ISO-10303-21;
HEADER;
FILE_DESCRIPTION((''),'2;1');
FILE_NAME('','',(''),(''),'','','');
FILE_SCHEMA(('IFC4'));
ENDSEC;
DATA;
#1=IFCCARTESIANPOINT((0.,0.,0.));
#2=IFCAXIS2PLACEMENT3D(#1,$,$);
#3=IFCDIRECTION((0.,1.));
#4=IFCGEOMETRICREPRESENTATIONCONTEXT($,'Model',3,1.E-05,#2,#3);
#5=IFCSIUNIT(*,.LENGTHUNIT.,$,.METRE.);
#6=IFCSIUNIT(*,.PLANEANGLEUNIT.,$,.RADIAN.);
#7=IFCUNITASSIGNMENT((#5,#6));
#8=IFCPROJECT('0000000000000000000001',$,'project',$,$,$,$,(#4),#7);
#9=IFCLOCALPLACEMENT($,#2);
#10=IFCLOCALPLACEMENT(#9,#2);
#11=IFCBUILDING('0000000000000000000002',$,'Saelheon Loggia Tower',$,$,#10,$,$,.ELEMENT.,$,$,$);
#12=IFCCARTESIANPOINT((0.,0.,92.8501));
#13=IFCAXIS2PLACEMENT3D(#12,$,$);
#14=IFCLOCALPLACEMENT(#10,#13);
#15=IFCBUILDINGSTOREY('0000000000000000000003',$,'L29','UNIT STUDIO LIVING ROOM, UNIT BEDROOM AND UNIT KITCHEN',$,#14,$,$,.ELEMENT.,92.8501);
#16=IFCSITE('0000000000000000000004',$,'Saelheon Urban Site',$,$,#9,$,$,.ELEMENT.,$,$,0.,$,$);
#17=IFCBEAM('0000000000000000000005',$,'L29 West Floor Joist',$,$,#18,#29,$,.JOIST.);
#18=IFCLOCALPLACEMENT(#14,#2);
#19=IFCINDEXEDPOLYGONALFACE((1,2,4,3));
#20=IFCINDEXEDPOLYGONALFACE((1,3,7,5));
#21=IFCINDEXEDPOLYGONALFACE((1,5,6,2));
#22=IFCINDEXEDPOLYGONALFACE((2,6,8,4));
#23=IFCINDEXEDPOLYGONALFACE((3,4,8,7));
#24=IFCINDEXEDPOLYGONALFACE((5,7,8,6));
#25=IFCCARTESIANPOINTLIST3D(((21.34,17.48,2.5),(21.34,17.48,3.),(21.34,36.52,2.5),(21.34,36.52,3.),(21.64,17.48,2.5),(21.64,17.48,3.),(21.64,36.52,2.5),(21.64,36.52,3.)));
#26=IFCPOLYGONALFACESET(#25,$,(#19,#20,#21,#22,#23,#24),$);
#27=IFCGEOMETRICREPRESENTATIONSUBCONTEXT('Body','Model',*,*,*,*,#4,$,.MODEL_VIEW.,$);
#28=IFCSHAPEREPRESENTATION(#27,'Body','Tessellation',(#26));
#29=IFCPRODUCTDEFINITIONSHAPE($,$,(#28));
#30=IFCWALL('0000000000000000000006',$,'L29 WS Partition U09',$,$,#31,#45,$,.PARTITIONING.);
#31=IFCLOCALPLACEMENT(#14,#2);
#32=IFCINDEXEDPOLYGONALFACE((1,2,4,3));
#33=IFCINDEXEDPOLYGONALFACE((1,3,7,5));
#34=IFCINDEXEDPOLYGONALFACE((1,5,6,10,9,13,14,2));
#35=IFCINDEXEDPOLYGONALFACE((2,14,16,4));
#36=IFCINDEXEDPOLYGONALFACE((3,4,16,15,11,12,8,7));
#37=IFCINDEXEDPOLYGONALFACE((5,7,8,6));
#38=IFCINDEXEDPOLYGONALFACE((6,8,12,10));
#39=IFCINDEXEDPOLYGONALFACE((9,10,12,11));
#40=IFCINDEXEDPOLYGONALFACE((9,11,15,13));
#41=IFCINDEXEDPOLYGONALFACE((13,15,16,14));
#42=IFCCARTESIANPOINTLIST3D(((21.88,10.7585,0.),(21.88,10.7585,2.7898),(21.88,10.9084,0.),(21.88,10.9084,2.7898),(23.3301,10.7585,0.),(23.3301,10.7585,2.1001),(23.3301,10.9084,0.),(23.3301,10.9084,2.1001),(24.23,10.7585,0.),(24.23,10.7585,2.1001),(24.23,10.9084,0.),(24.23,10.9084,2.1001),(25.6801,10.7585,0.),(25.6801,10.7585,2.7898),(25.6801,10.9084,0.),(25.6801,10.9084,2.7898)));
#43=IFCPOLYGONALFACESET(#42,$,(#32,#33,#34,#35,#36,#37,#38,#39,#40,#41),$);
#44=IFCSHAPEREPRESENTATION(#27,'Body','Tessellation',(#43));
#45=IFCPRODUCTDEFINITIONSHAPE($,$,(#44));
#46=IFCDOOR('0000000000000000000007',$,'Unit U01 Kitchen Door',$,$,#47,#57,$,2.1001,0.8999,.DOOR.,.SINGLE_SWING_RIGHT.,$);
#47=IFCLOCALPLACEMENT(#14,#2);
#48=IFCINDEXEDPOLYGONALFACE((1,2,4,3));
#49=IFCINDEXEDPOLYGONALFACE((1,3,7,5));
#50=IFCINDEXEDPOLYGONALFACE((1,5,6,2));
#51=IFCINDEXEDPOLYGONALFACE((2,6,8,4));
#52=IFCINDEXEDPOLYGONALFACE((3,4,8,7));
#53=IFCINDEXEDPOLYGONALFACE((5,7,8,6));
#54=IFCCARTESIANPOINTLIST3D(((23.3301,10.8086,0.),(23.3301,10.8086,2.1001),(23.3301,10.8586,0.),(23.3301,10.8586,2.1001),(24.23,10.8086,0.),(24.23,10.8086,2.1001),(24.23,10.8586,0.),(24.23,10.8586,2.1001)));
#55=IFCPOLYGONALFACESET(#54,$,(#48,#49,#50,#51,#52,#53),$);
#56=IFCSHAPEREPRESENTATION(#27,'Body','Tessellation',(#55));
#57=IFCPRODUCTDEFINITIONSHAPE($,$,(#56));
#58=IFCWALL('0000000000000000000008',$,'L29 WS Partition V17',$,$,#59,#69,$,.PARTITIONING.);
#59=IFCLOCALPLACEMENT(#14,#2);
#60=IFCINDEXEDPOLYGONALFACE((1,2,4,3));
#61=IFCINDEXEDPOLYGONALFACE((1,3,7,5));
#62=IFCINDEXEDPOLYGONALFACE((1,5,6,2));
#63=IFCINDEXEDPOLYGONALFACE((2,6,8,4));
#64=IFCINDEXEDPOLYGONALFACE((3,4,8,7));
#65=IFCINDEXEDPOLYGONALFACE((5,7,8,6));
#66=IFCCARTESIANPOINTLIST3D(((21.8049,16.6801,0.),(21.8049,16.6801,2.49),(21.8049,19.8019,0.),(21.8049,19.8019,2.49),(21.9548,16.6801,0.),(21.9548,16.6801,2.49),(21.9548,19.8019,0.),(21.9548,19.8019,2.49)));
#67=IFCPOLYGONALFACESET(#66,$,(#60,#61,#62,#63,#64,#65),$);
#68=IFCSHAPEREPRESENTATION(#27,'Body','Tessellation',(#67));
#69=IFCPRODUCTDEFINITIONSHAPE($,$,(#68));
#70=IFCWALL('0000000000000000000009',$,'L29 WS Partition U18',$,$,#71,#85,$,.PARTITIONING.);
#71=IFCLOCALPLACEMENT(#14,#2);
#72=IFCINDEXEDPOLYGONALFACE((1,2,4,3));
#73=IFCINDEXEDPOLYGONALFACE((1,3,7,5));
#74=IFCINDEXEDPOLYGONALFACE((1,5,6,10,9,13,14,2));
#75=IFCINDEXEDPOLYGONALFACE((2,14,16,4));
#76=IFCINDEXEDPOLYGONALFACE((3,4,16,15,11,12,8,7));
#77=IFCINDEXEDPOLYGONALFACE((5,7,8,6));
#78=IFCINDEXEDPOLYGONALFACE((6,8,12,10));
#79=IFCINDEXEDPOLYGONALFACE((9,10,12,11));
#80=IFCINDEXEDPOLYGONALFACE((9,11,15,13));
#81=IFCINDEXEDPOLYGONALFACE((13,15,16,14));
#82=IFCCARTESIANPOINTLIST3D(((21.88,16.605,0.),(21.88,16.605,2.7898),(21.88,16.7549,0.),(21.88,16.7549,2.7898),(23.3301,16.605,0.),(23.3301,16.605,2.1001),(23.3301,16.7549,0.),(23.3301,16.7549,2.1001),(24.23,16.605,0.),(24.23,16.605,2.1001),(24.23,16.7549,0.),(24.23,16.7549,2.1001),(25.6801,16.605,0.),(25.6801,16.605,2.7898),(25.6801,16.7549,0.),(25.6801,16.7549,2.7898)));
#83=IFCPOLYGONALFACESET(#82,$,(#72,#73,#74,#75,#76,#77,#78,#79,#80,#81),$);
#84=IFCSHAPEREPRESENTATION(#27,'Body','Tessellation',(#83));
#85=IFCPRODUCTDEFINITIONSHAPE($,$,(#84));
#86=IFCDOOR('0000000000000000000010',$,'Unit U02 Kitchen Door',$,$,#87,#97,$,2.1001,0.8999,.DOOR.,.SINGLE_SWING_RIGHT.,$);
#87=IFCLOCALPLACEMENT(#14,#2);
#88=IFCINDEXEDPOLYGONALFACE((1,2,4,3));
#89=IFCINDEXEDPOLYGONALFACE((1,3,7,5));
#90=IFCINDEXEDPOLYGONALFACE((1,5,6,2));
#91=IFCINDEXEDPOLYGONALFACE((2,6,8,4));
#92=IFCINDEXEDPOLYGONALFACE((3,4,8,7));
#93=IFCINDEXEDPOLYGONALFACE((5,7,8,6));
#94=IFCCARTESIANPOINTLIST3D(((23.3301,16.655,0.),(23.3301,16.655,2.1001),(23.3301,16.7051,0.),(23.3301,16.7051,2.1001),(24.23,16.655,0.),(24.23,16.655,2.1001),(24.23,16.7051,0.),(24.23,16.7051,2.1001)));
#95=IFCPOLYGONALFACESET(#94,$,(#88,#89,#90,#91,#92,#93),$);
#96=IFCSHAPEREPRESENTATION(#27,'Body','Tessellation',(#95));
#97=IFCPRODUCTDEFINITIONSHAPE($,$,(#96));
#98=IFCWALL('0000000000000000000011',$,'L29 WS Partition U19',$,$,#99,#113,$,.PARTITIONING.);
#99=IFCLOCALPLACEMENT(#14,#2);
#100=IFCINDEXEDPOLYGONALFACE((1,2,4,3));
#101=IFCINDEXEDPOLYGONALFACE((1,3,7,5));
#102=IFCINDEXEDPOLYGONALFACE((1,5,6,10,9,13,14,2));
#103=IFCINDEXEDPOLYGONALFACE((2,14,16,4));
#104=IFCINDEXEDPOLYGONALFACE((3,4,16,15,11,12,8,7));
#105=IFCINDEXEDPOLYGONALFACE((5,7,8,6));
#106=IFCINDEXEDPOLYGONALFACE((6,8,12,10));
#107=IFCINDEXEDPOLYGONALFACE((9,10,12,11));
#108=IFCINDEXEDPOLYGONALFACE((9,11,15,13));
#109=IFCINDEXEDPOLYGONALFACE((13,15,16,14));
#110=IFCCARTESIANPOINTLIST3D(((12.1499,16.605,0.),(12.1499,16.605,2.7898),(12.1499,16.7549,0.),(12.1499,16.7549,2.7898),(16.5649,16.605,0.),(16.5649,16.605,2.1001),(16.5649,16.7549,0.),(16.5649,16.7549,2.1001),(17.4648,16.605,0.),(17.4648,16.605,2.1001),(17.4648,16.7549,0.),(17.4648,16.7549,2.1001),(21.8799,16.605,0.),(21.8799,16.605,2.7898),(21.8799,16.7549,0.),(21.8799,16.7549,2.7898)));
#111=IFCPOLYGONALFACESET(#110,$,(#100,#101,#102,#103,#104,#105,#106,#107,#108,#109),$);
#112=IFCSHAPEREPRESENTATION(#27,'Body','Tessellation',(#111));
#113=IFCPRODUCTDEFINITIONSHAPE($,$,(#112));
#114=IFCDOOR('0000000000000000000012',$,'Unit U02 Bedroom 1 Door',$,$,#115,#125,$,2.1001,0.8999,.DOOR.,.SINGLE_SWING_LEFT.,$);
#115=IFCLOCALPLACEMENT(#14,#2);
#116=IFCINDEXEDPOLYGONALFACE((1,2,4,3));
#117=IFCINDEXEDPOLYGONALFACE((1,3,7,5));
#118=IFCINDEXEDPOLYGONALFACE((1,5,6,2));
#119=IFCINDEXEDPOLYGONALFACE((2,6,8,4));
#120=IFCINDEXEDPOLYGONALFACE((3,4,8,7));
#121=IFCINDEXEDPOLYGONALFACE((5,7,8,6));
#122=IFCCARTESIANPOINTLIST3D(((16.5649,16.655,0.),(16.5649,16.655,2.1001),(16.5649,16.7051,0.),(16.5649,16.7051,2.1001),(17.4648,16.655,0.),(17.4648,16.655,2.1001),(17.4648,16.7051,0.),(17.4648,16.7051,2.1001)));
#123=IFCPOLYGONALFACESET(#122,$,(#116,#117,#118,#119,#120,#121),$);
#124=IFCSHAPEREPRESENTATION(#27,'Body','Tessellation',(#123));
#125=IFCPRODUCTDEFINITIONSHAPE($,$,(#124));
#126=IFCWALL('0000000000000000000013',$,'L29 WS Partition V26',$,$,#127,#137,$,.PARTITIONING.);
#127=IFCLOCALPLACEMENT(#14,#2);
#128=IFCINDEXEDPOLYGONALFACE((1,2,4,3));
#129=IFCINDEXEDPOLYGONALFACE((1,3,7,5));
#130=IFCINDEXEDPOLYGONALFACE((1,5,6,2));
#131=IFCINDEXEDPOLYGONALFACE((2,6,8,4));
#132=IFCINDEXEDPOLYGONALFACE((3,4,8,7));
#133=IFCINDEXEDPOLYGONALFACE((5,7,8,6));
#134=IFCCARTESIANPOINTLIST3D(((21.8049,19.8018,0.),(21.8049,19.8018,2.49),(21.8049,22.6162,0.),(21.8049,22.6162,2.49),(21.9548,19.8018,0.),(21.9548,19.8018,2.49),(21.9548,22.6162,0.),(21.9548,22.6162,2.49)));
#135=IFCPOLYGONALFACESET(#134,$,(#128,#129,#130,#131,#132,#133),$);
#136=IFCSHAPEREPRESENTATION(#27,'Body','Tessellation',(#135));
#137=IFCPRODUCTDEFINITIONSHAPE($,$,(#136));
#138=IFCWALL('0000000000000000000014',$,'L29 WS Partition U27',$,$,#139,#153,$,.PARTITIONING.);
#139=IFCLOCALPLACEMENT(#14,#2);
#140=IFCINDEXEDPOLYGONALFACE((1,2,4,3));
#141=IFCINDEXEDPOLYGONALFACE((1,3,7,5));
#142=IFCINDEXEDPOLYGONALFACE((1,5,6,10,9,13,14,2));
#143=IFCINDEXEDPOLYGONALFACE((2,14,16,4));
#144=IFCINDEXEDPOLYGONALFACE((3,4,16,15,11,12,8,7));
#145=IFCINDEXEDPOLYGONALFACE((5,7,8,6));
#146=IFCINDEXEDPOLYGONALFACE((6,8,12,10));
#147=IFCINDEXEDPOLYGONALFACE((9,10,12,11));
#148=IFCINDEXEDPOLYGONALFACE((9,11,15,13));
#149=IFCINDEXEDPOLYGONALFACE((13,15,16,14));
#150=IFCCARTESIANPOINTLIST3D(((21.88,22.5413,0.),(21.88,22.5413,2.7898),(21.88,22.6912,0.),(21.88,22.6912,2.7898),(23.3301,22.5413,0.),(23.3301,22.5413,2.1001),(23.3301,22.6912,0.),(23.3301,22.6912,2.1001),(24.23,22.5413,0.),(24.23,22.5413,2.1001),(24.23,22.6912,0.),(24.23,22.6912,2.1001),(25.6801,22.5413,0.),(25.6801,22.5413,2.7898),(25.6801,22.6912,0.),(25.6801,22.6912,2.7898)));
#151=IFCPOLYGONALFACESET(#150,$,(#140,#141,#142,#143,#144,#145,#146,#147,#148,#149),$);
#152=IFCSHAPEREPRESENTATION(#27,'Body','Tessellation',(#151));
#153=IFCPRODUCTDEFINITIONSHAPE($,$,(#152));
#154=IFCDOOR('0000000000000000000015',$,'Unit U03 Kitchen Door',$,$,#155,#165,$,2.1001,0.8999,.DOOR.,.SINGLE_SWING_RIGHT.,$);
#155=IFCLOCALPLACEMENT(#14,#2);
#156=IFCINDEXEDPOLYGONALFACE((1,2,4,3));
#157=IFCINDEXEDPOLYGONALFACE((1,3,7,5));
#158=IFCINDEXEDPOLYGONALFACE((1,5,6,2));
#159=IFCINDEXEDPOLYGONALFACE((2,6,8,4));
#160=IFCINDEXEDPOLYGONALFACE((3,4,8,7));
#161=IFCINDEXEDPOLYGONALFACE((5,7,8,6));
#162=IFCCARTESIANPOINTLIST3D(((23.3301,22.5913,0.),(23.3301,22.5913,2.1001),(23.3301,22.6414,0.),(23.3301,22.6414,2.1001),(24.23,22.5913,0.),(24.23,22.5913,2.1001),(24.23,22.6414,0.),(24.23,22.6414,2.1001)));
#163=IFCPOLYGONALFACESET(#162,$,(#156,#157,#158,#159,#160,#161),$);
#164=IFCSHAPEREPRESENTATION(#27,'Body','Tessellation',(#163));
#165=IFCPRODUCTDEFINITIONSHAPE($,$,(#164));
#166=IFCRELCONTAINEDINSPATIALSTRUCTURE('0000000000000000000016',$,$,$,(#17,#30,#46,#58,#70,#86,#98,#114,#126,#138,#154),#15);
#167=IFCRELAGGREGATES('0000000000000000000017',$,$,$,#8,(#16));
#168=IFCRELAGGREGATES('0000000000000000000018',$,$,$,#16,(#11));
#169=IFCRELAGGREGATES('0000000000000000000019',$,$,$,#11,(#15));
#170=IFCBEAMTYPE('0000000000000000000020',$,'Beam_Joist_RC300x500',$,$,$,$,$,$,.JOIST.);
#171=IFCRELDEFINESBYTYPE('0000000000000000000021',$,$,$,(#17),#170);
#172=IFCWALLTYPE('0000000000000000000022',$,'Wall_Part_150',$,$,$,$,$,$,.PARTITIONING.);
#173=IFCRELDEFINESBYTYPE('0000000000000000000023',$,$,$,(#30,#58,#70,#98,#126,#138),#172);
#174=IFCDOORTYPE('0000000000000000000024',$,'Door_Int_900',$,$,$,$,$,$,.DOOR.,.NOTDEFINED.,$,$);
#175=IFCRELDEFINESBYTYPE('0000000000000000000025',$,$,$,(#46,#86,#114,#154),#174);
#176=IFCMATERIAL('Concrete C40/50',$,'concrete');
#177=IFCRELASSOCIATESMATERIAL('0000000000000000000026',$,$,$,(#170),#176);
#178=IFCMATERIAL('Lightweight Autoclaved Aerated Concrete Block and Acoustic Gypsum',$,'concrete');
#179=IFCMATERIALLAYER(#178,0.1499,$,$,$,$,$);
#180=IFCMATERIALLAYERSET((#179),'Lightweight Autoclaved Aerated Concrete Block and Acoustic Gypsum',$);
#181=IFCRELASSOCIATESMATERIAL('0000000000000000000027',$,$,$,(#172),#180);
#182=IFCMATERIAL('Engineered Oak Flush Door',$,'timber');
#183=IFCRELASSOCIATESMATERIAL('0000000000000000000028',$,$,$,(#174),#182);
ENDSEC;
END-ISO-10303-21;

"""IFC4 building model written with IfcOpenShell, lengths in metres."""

from ifc_helpers import new_model, si_unit, direction, frame, frame_2d, origin, origin_2d, place, context, subcontext, project, spatial, rectangle, extrude, source, transform, mapped, material, layer, layer_set, material_profile, profile_set, type_object, element, fill, save


model = new_model("IFC4")

# Units and contexts
model_context = context("Model", 3, precision=1e-05, world=origin(), true_north=direction((0.0, 1.0)))
body_context = subcontext(model_context, "Body", "Model", "MODEL_VIEW")
ifc_project = project(units=[si_unit("LENGTHUNIT", "METRE"), si_unit("PLANEANGLEUNIT", "RADIAN")], contexts=[model_context])

# Site, building, storey
site_placement = place(None, origin())
site = spatial("IfcSite", under=ifc_project, at=site_placement, Name="Saelheon Urban Site", CompositionType="ELEMENT", RefElevation=0.0)
building_placement = place(site_placement, origin())
building = spatial("IfcBuilding", under=site, at=building_placement, Name="Saelheon Loggia Tower", CompositionType="ELEMENT")
storey_placement = place(building_placement, frame((0.0, 0.0, 92.8501)))
storey = spatial("IfcBuildingStorey", under=building, at=storey_placement, Name="L29", Description="UNIT STUDIO LIVING ROOM, UNIT BEDROOM AND UNIT KITCHEN", CompositionType="ELEMENT", Elevation=92.8501)

# Beam
ifc_material_1 = material(Name="Concrete C40/50", Category="concrete")
ifc_material_profile = material_profile(ifc_material_1, rectangle(XDim=0.3, YDim=0.5, at=origin_2d()), Name="RC-300x500")
ifc_profile_set = profile_set([ifc_material_profile], Name="Concrete C40/50")
beam_type = type_object("IfcBeamType", Name="Beam_Joist_RC300x500", PredefinedType="JOIST", material=ifc_profile_set)
shared_shape_1 = source(origin(), body_context, "Body", "SweptSolid", [
    extrude(rectangle(XDim=0.3, YDim=0.5, at=origin_2d()), origin(), (0.0, 0.0, 1.0), 19.04),
])
beam_placement = place(storey_placement, frame((21.49, 17.48, 2.75), z_axis=(0.0, 1.0, 0.0), x_axis=(-1.0, 0.0, 0.0)))
element("IfcBeam", 1, at=beam_placement, inside=storey, type_object=beam_type, Name="L29 West Floor Joist", PredefinedType="JOIST", context=body_context, shape_type="MappedRepresentation", body=[
    mapped(shared_shape_1, transform((0.0, 0.0, 0.0), scale=1.0)),
])

# Wall, opening, door
ifc_material_2 = material(Name="Lightweight Autoclaved Aerated Concrete Block and Acoustic Gypsum", Category="concrete")
ifc_layer = layer(ifc_material_2, 0.1499)
ifc_layer_set = layer_set([ifc_layer], Name="Lightweight Autoclaved Aerated Concrete Block and Acoustic Gypsum")
wall_type = type_object("IfcWallType", Name="Wall_Part_150", PredefinedType="PARTITIONING", material=ifc_layer_set)
wall_1_placement = place(storey_placement, frame((25.6799, 10.8335, 0.0), z_axis=(0.0, 0.0, 1.0), x_axis=(-1.0, 0.0, 0.0)))
wall_1 = element("IfcWall", 2, at=wall_1_placement, inside=storey, type_object=wall_type, Name="L29 WS Partition U09", PredefinedType="PARTITIONING", context=body_context, shape_type="SweptSolid", body=[
    extrude(rectangle(XDim=3.8, YDim=0.1499, at=frame_2d((1.8999, 0.0))), origin(), (0.0, 0.0, 1.0), 2.7898),
])
opening_1_placement = place(wall_1_placement, frame((1.45, 0.0, 0.0)))
opening_1 = element("IfcOpeningElement", 3, at=opening_1_placement, cuts=wall_1, PredefinedType="OPENING", context=body_context, shape_type="SweptSolid", body=[
    extrude(rectangle(XDim=0.8999, YDim=2.1001, at=frame_2d((0.45, 1.05))), frame((0.0, 0.0869, 0.0), z_axis=(0.0, -1.0, 0.0), x_axis=(1.0, 0.0, 0.0)), (0.0, 0.0, 1.0), 0.1738),
])
ifc_material_3 = material(Name="Engineered Oak Flush Door", Category="timber")
door_type = type_object("IfcDoorType", Name="Door_Int_900", OperationType="NOTDEFINED", PredefinedType="DOOR", material=ifc_material_3)
shared_shape_2 = source(origin(), body_context, "Body", "SweptSolid", [
    extrude(rectangle(XDim=0.8999, YDim=2.1001, at=frame_2d((0.45, 1.05))), frame((0.0, 0.0249, 0.0), z_axis=(0.0, -1.0, 0.0), x_axis=(1.0, 0.0, 0.0)), (0.0, 0.0, 1.0), 0.05),
])
door_1_placement = place(opening_1_placement, origin())
door_1 = element("IfcDoor", 4, at=door_1_placement, inside=storey, type_object=door_type, Name="Unit U01 Kitchen Door", OperationType="SINGLE_SWING_RIGHT", OverallHeight=2.1001, OverallWidth=0.8999, PredefinedType="DOOR", context=body_context, shape_type="MappedRepresentation", body=[
    mapped(shared_shape_2, transform((0.0, 0.0, 0.0), scale=1.0)),
])
fill(opening_1, door_1)

# Wall
wall_2_placement = place(storey_placement, frame((21.8799, 16.6799, 0.0), z_axis=(0.0, 0.0, 1.0), x_axis=(0.0, 1.0, 0.0)))
element("IfcWall", 5, at=wall_2_placement, inside=storey, type_object=wall_type, Name="L29 WS Partition V17", PredefinedType="PARTITIONING", context=body_context, shape_type="SweptSolid", body=[
    extrude(rectangle(XDim=3.1218, YDim=0.1499, at=frame_2d((1.561, 0.0))), origin(), (0.0, 0.0, 1.0), 2.49),
])

# Walls, openings, doors
wall_3_placement = place(storey_placement, frame((25.6799, 16.6799, 0.0), z_axis=(0.0, 0.0, 1.0), x_axis=(-1.0, 0.0, 0.0)))
wall_3 = element("IfcWall", 6, at=wall_3_placement, inside=storey, type_object=wall_type, Name="L29 WS Partition U18", PredefinedType="PARTITIONING", context=body_context, shape_type="SweptSolid", body=[
    extrude(rectangle(XDim=3.8, YDim=0.1499, at=frame_2d((1.8999, 0.0))), origin(), (0.0, 0.0, 1.0), 2.7898),
])
opening_2_placement = place(wall_3_placement, frame((1.45, 0.0, 0.0)))
opening_2 = element("IfcOpeningElement", 7, at=opening_2_placement, cuts=wall_3, PredefinedType="OPENING", context=body_context, shape_type="SweptSolid", body=[
    extrude(rectangle(XDim=0.8999, YDim=2.1001, at=frame_2d((0.45, 1.05))), frame((0.0, 0.0869, 0.0), z_axis=(0.0, -1.0, 0.0), x_axis=(1.0, 0.0, 0.0)), (0.0, 0.0, 1.0), 0.1738),
])
door_2_placement = place(opening_2_placement, origin())
door_2 = element("IfcDoor", 8, at=door_2_placement, inside=storey, type_object=door_type, Name="Unit U02 Kitchen Door", OperationType="SINGLE_SWING_RIGHT", OverallHeight=2.1001, OverallWidth=0.8999, PredefinedType="DOOR", context=body_context, shape_type="MappedRepresentation", body=[
    mapped(shared_shape_2, transform((0.0, 0.0, 0.0), scale=1.0)),
])
fill(opening_2, door_2)
wall_4_placement = place(storey_placement, frame((21.8799, 16.6799, 0.0), z_axis=(0.0, 0.0, 1.0), x_axis=(-1.0, 0.0, 0.0)))
wall_4 = element("IfcWall", 9, at=wall_4_placement, inside=storey, type_object=wall_type, Name="L29 WS Partition U19", PredefinedType="PARTITIONING", context=body_context, shape_type="SweptSolid", body=[
    extrude(rectangle(XDim=9.73, YDim=0.1499, at=frame_2d((4.865, 0.0))), origin(), (0.0, 0.0, 1.0), 2.7898),
])
opening_3_placement = place(wall_4_placement, frame((4.415, 0.0, 0.0)))
opening_3 = element("IfcOpeningElement", 10, at=opening_3_placement, cuts=wall_4, PredefinedType="OPENING", context=body_context, shape_type="SweptSolid", body=[
    extrude(rectangle(XDim=0.8999, YDim=2.1001, at=frame_2d((0.45, 1.05))), frame((0.0, 0.0869, 0.0), z_axis=(0.0, -1.0, 0.0), x_axis=(1.0, 0.0, 0.0)), (0.0, 0.0, 1.0), 0.1738),
])
door_3_placement = place(opening_3_placement, origin())
door_3 = element("IfcDoor", 11, at=door_3_placement, inside=storey, type_object=door_type, Name="Unit U02 Bedroom 1 Door", OperationType="SINGLE_SWING_LEFT", OverallHeight=2.1001, OverallWidth=0.8999, PredefinedType="DOOR", context=body_context, shape_type="MappedRepresentation", body=[
    mapped(shared_shape_2, transform((0.0, 0.0, 0.0), scale=1.0)),
])
fill(opening_3, door_3)

# Wall
wall_5_placement = place(storey_placement, frame((21.8799, 19.8018, 0.0), z_axis=(0.0, 0.0, 1.0), x_axis=(0.0, 1.0, 0.0)))
element("IfcWall", 12, at=wall_5_placement, inside=storey, type_object=wall_type, Name="L29 WS Partition V26", PredefinedType="PARTITIONING", context=body_context, shape_type="SweptSolid", body=[
    extrude(rectangle(XDim=2.8145, YDim=0.1499, at=frame_2d((1.4072, 0.0))), origin(), (0.0, 0.0, 1.0), 2.49),
])

# Wall, opening, door
wall_6_placement = place(storey_placement, frame((25.6799, 22.6162, 0.0), z_axis=(0.0, 0.0, 1.0), x_axis=(-1.0, 0.0, 0.0)))
wall_6 = element("IfcWall", 13, at=wall_6_placement, inside=storey, type_object=wall_type, Name="L29 WS Partition U27", PredefinedType="PARTITIONING", context=body_context, shape_type="SweptSolid", body=[
    extrude(rectangle(XDim=3.8, YDim=0.1499, at=frame_2d((1.8999, 0.0))), origin(), (0.0, 0.0, 1.0), 2.7898),
])
opening_4_placement = place(wall_6_placement, frame((1.45, 0.0, 0.0)))
opening_4 = element("IfcOpeningElement", 14, at=opening_4_placement, cuts=wall_6, PredefinedType="OPENING", context=body_context, shape_type="SweptSolid", body=[
    extrude(rectangle(XDim=0.8999, YDim=2.1001, at=frame_2d((0.45, 1.05))), frame((0.0, 0.0869, 0.0), z_axis=(0.0, -1.0, 0.0), x_axis=(1.0, 0.0, 0.0)), (0.0, 0.0, 1.0), 0.1738),
])
door_4_placement = place(opening_4_placement, origin())
door_4 = element("IfcDoor", 15, at=door_4_placement, inside=storey, type_object=door_type, Name="Unit U03 Kitchen Door", OperationType="SINGLE_SWING_RIGHT", OverallHeight=2.1001, OverallWidth=0.8999, PredefinedType="DOOR", context=body_context, shape_type="MappedRepresentation", body=[
    mapped(shared_shape_2, transform((0.0, 0.0, 0.0), scale=1.0)),
])
fill(opening_4, door_4)

save(model, "model.ifc")
